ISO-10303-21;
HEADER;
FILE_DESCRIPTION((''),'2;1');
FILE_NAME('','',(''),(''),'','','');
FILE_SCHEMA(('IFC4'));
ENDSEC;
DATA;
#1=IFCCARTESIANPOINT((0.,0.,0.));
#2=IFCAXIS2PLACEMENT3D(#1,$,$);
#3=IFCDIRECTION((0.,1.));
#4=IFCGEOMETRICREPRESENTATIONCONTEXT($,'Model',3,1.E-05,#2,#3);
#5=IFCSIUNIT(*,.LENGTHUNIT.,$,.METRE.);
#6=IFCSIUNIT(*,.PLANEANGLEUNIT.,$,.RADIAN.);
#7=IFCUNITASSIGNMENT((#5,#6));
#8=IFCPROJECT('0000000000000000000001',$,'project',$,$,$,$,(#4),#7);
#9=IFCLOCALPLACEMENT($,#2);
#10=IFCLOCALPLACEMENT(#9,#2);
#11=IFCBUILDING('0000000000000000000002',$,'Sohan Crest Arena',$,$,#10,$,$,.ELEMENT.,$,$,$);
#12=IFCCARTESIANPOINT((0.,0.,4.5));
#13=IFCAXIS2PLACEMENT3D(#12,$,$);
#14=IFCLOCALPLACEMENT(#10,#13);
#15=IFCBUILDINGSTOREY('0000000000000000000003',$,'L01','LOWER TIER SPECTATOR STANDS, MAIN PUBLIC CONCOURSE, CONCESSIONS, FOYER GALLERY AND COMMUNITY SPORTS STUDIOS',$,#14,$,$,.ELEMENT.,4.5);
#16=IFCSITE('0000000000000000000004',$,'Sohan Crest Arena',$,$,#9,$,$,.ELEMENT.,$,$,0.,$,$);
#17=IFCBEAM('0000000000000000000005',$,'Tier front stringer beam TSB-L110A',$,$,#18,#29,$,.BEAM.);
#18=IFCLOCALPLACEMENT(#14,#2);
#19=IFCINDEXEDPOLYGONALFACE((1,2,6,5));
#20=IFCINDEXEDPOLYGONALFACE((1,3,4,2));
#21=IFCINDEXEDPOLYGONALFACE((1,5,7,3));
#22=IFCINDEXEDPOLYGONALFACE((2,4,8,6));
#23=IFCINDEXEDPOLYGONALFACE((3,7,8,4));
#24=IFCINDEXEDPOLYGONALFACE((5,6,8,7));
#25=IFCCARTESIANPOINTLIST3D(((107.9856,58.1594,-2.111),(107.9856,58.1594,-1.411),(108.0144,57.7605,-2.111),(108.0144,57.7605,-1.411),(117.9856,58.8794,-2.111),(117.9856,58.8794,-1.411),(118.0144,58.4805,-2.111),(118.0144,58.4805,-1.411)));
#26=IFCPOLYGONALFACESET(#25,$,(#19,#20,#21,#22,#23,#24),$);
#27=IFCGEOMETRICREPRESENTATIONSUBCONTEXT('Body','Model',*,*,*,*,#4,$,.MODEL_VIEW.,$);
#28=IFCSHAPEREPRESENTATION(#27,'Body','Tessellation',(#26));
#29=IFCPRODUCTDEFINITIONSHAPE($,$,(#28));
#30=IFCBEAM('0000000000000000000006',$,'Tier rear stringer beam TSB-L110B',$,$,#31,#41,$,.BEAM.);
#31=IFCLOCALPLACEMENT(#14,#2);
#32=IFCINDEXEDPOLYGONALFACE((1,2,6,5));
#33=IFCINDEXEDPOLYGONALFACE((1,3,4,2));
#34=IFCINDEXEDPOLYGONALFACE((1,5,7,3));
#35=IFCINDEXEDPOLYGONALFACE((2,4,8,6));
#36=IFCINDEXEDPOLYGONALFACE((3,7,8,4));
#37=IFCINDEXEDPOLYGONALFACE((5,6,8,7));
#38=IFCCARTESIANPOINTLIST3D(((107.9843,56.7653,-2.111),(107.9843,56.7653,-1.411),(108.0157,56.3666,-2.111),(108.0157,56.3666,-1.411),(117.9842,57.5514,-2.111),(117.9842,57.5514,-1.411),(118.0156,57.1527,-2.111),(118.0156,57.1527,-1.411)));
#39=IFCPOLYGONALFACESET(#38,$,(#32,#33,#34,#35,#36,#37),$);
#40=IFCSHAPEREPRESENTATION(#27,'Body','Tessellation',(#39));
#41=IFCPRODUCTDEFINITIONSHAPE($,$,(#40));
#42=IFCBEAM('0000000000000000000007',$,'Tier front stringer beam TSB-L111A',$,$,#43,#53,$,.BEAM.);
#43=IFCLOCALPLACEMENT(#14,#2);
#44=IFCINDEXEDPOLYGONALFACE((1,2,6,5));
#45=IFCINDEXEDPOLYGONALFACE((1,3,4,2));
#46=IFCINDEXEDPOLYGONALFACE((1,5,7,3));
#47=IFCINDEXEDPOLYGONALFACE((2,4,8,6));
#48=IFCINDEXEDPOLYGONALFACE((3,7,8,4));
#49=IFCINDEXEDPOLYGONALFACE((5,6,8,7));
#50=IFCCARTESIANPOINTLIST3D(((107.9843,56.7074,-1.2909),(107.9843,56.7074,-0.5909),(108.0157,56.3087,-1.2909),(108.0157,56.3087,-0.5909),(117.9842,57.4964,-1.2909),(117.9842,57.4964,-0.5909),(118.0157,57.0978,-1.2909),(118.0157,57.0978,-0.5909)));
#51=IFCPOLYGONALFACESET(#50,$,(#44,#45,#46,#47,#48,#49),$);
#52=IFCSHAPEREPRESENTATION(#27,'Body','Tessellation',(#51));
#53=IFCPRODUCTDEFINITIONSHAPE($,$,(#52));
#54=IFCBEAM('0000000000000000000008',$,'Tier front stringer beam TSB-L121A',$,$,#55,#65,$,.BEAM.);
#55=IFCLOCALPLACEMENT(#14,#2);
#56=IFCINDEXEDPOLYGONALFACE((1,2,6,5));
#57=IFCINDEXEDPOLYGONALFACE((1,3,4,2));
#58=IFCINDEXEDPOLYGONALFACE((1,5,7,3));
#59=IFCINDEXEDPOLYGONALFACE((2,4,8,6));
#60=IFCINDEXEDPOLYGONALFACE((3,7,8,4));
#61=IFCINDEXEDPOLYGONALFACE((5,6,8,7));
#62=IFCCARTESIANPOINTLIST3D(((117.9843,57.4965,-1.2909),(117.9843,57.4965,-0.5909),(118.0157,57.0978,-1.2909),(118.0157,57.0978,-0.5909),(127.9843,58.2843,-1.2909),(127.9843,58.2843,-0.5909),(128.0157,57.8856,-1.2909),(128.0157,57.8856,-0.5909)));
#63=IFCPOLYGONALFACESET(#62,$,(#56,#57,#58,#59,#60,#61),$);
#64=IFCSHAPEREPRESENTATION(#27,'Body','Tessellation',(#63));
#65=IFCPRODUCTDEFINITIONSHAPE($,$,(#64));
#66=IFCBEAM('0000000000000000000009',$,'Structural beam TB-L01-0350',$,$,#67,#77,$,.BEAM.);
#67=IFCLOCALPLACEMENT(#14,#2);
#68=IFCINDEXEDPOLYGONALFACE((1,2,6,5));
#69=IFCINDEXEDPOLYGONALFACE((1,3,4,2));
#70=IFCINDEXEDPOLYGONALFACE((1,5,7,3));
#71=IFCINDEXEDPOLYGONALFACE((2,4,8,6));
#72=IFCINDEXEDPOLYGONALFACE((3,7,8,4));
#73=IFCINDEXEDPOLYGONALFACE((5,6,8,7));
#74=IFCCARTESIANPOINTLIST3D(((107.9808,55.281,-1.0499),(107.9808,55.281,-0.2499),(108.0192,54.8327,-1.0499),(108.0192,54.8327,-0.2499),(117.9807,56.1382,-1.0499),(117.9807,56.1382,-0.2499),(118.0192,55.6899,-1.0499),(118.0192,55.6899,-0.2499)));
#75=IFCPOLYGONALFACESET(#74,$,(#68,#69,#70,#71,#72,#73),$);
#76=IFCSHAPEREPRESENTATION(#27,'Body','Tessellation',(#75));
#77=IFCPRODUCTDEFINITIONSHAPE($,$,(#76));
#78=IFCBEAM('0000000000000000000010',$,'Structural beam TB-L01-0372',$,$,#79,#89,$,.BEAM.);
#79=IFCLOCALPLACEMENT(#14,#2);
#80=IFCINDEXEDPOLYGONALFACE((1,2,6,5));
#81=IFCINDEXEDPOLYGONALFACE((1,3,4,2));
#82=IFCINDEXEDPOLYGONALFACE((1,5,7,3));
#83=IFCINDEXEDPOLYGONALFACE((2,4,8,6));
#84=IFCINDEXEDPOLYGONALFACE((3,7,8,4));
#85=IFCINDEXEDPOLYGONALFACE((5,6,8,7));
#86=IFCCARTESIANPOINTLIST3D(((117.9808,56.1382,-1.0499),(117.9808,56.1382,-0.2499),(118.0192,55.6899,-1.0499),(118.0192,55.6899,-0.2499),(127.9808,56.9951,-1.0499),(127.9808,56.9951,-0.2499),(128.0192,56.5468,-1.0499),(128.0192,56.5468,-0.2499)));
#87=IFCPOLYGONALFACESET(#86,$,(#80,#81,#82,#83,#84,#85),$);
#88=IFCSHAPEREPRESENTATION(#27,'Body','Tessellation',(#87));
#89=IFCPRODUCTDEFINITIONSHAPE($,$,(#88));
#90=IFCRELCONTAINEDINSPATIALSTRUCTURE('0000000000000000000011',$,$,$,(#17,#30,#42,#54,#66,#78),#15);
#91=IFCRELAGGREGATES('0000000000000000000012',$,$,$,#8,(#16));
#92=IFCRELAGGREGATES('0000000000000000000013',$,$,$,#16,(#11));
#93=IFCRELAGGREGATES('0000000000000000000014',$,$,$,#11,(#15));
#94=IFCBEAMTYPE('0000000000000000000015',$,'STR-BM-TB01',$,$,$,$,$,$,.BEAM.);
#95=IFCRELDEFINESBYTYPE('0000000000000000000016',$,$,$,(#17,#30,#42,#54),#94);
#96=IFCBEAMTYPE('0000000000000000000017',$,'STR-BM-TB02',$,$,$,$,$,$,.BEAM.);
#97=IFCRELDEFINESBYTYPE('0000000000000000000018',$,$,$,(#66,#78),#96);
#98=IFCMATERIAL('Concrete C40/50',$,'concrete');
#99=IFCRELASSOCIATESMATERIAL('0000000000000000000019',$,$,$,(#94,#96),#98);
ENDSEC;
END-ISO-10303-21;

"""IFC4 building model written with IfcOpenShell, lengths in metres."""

from ifc_helpers import new_model, si_unit, direction, frame, origin, origin_2d, place, context, subcontext, project, spatial, rectangle, extrude, material, material_profile, profile_set, type_object, element, save


model = new_model("IFC4")

# Units and contexts
model_context = context("Model", 3, precision=1e-05, world=origin(), true_north=direction((0.0, 1.0)))
body_context = subcontext(model_context, "Body", "Model", "MODEL_VIEW")
ifc_project = project(units=[si_unit("LENGTHUNIT", "METRE"), si_unit("PLANEANGLEUNIT", "RADIAN")], contexts=[model_context])

# Site, building, storey
site_placement = place(None, origin())
site = spatial("IfcSite", under=ifc_project, at=site_placement, Name="Sohan Crest Arena", CompositionType="ELEMENT", RefElevation=0.0)
building_placement = place(site_placement, origin())
building = spatial("IfcBuilding", under=site, at=building_placement, Name="Sohan Crest Arena", CompositionType="ELEMENT")
storey_placement = place(building_placement, frame((0.0, 0.0, 4.5)))
storey = spatial("IfcBuildingStorey", under=building, at=storey_placement, Name="L01", Description="LOWER TIER SPECTATOR STANDS, MAIN PUBLIC CONCOURSE, CONCESSIONS, FOYER GALLERY AND COMMUNITY SPORTS STUDIOS", CompositionType="ELEMENT", Elevation=4.5)

# Shared definitions
ifc_material_1 = material(Name="Concrete C40/50", Category="concrete")

# Beams
ifc_material_profile_1 = material_profile(ifc_material_1, rectangle(XDim=0.3999, YDim=0.7, at=origin_2d()), Name="RC-BM 400x700")
ifc_profile_set_1 = profile_set([ifc_material_profile_1], Name="Concrete C40/50")
beam_type_1 = type_object("IfcBeamType", Name="STR-BM-TB01", PredefinedType="BEAM", material=ifc_profile_set_1)
beam_1_placement = place(storey_placement, frame((108.0, 57.96, -1.761), z_axis=(0.997418, 0.071811, 0.0), x_axis=(-0.071811, 0.997418, 0.0)))
element("IfcBeam", 1, at=beam_1_placement, inside=storey, type_object=beam_type_1, Name="Tier front stringer beam TSB-L110A", PredefinedType="BEAM", context=body_context, shape_type="SweptSolid", body=[
    extrude(rectangle(XDim=0.3999, YDim=0.7, at=origin_2d()), origin(), (0.0, 0.0, 1.0), 10.0259),
])
beam_2_placement = place(storey_placement, frame((108.0, 56.5659, -1.761), z_axis=(0.996924, 0.078371, 0.0), x_axis=(-0.078371, 0.996924, 0.0)))
element("IfcBeam", 2, at=beam_2_placement, inside=storey, type_object=beam_type_1, Name="Tier rear stringer beam TSB-L110B", PredefinedType="BEAM", context=body_context, shape_type="SweptSolid", body=[
    extrude(rectangle(XDim=0.3999, YDim=0.7, at=origin_2d()), origin(), (0.0, 0.0, 1.0), 10.0308),
])
for number, where, z_axis, x_axis, name in (
    (3, (108.0, 56.5081, -0.9409), (0.996901, 0.078662, 0.0), (-0.078662, 0.996901, 0.0), "Tier front stringer beam TSB-L111A"),
    (4, (118.0, 57.2971, -0.9409), (0.996911, 0.078541, 0.0), (-0.078541, 0.996911, 0.0), "Tier front stringer beam TSB-L121A"),
):
    element("IfcBeam", number, at=place(storey_placement, frame(where, z_axis=z_axis, x_axis=x_axis)), inside=storey, type_object=beam_type_1, Name=name, PredefinedType="BEAM", context=body_context, shape_type="SweptSolid", body=[
        extrude(rectangle(XDim=0.3999, YDim=0.7, at=origin_2d()), origin(), (0.0, 0.0, 1.0), 10.031),
    ])
ifc_material_profile_2 = material_profile(ifc_material_1, rectangle(XDim=0.45, YDim=0.8, at=origin_2d()), Name="RC-BM 450x800")
ifc_profile_set_2 = profile_set([ifc_material_profile_2], Name="Concrete C40/50")
beam_type_2 = type_object("IfcBeamType", Name="STR-BM-TB02", PredefinedType="BEAM", material=ifc_profile_set_2)
for number, where, z_axis, x_axis, name in (
    (5, (108.0, 55.0569, -0.6499), (0.996346, 0.085405, 0.0), (-0.085405, 0.996346, 0.0), "Structural beam TB-L01-0350"),
    (6, (118.0, 55.9141, -0.6499), (0.996348, 0.08538, 0.0), (-0.08538, 0.996348, 0.0), "Structural beam TB-L01-0372"),
):
    element("IfcBeam", number, at=place(storey_placement, frame(where, z_axis=z_axis, x_axis=x_axis)), inside=storey, type_object=beam_type_2, Name=name, PredefinedType="BEAM", context=body_context, shape_type="SweptSolid", body=[
        extrude(rectangle(XDim=0.45, YDim=0.8, at=origin_2d()), origin(), (0.0, 0.0, 1.0), 10.0366),
    ])

save(model, "model.ifc")
